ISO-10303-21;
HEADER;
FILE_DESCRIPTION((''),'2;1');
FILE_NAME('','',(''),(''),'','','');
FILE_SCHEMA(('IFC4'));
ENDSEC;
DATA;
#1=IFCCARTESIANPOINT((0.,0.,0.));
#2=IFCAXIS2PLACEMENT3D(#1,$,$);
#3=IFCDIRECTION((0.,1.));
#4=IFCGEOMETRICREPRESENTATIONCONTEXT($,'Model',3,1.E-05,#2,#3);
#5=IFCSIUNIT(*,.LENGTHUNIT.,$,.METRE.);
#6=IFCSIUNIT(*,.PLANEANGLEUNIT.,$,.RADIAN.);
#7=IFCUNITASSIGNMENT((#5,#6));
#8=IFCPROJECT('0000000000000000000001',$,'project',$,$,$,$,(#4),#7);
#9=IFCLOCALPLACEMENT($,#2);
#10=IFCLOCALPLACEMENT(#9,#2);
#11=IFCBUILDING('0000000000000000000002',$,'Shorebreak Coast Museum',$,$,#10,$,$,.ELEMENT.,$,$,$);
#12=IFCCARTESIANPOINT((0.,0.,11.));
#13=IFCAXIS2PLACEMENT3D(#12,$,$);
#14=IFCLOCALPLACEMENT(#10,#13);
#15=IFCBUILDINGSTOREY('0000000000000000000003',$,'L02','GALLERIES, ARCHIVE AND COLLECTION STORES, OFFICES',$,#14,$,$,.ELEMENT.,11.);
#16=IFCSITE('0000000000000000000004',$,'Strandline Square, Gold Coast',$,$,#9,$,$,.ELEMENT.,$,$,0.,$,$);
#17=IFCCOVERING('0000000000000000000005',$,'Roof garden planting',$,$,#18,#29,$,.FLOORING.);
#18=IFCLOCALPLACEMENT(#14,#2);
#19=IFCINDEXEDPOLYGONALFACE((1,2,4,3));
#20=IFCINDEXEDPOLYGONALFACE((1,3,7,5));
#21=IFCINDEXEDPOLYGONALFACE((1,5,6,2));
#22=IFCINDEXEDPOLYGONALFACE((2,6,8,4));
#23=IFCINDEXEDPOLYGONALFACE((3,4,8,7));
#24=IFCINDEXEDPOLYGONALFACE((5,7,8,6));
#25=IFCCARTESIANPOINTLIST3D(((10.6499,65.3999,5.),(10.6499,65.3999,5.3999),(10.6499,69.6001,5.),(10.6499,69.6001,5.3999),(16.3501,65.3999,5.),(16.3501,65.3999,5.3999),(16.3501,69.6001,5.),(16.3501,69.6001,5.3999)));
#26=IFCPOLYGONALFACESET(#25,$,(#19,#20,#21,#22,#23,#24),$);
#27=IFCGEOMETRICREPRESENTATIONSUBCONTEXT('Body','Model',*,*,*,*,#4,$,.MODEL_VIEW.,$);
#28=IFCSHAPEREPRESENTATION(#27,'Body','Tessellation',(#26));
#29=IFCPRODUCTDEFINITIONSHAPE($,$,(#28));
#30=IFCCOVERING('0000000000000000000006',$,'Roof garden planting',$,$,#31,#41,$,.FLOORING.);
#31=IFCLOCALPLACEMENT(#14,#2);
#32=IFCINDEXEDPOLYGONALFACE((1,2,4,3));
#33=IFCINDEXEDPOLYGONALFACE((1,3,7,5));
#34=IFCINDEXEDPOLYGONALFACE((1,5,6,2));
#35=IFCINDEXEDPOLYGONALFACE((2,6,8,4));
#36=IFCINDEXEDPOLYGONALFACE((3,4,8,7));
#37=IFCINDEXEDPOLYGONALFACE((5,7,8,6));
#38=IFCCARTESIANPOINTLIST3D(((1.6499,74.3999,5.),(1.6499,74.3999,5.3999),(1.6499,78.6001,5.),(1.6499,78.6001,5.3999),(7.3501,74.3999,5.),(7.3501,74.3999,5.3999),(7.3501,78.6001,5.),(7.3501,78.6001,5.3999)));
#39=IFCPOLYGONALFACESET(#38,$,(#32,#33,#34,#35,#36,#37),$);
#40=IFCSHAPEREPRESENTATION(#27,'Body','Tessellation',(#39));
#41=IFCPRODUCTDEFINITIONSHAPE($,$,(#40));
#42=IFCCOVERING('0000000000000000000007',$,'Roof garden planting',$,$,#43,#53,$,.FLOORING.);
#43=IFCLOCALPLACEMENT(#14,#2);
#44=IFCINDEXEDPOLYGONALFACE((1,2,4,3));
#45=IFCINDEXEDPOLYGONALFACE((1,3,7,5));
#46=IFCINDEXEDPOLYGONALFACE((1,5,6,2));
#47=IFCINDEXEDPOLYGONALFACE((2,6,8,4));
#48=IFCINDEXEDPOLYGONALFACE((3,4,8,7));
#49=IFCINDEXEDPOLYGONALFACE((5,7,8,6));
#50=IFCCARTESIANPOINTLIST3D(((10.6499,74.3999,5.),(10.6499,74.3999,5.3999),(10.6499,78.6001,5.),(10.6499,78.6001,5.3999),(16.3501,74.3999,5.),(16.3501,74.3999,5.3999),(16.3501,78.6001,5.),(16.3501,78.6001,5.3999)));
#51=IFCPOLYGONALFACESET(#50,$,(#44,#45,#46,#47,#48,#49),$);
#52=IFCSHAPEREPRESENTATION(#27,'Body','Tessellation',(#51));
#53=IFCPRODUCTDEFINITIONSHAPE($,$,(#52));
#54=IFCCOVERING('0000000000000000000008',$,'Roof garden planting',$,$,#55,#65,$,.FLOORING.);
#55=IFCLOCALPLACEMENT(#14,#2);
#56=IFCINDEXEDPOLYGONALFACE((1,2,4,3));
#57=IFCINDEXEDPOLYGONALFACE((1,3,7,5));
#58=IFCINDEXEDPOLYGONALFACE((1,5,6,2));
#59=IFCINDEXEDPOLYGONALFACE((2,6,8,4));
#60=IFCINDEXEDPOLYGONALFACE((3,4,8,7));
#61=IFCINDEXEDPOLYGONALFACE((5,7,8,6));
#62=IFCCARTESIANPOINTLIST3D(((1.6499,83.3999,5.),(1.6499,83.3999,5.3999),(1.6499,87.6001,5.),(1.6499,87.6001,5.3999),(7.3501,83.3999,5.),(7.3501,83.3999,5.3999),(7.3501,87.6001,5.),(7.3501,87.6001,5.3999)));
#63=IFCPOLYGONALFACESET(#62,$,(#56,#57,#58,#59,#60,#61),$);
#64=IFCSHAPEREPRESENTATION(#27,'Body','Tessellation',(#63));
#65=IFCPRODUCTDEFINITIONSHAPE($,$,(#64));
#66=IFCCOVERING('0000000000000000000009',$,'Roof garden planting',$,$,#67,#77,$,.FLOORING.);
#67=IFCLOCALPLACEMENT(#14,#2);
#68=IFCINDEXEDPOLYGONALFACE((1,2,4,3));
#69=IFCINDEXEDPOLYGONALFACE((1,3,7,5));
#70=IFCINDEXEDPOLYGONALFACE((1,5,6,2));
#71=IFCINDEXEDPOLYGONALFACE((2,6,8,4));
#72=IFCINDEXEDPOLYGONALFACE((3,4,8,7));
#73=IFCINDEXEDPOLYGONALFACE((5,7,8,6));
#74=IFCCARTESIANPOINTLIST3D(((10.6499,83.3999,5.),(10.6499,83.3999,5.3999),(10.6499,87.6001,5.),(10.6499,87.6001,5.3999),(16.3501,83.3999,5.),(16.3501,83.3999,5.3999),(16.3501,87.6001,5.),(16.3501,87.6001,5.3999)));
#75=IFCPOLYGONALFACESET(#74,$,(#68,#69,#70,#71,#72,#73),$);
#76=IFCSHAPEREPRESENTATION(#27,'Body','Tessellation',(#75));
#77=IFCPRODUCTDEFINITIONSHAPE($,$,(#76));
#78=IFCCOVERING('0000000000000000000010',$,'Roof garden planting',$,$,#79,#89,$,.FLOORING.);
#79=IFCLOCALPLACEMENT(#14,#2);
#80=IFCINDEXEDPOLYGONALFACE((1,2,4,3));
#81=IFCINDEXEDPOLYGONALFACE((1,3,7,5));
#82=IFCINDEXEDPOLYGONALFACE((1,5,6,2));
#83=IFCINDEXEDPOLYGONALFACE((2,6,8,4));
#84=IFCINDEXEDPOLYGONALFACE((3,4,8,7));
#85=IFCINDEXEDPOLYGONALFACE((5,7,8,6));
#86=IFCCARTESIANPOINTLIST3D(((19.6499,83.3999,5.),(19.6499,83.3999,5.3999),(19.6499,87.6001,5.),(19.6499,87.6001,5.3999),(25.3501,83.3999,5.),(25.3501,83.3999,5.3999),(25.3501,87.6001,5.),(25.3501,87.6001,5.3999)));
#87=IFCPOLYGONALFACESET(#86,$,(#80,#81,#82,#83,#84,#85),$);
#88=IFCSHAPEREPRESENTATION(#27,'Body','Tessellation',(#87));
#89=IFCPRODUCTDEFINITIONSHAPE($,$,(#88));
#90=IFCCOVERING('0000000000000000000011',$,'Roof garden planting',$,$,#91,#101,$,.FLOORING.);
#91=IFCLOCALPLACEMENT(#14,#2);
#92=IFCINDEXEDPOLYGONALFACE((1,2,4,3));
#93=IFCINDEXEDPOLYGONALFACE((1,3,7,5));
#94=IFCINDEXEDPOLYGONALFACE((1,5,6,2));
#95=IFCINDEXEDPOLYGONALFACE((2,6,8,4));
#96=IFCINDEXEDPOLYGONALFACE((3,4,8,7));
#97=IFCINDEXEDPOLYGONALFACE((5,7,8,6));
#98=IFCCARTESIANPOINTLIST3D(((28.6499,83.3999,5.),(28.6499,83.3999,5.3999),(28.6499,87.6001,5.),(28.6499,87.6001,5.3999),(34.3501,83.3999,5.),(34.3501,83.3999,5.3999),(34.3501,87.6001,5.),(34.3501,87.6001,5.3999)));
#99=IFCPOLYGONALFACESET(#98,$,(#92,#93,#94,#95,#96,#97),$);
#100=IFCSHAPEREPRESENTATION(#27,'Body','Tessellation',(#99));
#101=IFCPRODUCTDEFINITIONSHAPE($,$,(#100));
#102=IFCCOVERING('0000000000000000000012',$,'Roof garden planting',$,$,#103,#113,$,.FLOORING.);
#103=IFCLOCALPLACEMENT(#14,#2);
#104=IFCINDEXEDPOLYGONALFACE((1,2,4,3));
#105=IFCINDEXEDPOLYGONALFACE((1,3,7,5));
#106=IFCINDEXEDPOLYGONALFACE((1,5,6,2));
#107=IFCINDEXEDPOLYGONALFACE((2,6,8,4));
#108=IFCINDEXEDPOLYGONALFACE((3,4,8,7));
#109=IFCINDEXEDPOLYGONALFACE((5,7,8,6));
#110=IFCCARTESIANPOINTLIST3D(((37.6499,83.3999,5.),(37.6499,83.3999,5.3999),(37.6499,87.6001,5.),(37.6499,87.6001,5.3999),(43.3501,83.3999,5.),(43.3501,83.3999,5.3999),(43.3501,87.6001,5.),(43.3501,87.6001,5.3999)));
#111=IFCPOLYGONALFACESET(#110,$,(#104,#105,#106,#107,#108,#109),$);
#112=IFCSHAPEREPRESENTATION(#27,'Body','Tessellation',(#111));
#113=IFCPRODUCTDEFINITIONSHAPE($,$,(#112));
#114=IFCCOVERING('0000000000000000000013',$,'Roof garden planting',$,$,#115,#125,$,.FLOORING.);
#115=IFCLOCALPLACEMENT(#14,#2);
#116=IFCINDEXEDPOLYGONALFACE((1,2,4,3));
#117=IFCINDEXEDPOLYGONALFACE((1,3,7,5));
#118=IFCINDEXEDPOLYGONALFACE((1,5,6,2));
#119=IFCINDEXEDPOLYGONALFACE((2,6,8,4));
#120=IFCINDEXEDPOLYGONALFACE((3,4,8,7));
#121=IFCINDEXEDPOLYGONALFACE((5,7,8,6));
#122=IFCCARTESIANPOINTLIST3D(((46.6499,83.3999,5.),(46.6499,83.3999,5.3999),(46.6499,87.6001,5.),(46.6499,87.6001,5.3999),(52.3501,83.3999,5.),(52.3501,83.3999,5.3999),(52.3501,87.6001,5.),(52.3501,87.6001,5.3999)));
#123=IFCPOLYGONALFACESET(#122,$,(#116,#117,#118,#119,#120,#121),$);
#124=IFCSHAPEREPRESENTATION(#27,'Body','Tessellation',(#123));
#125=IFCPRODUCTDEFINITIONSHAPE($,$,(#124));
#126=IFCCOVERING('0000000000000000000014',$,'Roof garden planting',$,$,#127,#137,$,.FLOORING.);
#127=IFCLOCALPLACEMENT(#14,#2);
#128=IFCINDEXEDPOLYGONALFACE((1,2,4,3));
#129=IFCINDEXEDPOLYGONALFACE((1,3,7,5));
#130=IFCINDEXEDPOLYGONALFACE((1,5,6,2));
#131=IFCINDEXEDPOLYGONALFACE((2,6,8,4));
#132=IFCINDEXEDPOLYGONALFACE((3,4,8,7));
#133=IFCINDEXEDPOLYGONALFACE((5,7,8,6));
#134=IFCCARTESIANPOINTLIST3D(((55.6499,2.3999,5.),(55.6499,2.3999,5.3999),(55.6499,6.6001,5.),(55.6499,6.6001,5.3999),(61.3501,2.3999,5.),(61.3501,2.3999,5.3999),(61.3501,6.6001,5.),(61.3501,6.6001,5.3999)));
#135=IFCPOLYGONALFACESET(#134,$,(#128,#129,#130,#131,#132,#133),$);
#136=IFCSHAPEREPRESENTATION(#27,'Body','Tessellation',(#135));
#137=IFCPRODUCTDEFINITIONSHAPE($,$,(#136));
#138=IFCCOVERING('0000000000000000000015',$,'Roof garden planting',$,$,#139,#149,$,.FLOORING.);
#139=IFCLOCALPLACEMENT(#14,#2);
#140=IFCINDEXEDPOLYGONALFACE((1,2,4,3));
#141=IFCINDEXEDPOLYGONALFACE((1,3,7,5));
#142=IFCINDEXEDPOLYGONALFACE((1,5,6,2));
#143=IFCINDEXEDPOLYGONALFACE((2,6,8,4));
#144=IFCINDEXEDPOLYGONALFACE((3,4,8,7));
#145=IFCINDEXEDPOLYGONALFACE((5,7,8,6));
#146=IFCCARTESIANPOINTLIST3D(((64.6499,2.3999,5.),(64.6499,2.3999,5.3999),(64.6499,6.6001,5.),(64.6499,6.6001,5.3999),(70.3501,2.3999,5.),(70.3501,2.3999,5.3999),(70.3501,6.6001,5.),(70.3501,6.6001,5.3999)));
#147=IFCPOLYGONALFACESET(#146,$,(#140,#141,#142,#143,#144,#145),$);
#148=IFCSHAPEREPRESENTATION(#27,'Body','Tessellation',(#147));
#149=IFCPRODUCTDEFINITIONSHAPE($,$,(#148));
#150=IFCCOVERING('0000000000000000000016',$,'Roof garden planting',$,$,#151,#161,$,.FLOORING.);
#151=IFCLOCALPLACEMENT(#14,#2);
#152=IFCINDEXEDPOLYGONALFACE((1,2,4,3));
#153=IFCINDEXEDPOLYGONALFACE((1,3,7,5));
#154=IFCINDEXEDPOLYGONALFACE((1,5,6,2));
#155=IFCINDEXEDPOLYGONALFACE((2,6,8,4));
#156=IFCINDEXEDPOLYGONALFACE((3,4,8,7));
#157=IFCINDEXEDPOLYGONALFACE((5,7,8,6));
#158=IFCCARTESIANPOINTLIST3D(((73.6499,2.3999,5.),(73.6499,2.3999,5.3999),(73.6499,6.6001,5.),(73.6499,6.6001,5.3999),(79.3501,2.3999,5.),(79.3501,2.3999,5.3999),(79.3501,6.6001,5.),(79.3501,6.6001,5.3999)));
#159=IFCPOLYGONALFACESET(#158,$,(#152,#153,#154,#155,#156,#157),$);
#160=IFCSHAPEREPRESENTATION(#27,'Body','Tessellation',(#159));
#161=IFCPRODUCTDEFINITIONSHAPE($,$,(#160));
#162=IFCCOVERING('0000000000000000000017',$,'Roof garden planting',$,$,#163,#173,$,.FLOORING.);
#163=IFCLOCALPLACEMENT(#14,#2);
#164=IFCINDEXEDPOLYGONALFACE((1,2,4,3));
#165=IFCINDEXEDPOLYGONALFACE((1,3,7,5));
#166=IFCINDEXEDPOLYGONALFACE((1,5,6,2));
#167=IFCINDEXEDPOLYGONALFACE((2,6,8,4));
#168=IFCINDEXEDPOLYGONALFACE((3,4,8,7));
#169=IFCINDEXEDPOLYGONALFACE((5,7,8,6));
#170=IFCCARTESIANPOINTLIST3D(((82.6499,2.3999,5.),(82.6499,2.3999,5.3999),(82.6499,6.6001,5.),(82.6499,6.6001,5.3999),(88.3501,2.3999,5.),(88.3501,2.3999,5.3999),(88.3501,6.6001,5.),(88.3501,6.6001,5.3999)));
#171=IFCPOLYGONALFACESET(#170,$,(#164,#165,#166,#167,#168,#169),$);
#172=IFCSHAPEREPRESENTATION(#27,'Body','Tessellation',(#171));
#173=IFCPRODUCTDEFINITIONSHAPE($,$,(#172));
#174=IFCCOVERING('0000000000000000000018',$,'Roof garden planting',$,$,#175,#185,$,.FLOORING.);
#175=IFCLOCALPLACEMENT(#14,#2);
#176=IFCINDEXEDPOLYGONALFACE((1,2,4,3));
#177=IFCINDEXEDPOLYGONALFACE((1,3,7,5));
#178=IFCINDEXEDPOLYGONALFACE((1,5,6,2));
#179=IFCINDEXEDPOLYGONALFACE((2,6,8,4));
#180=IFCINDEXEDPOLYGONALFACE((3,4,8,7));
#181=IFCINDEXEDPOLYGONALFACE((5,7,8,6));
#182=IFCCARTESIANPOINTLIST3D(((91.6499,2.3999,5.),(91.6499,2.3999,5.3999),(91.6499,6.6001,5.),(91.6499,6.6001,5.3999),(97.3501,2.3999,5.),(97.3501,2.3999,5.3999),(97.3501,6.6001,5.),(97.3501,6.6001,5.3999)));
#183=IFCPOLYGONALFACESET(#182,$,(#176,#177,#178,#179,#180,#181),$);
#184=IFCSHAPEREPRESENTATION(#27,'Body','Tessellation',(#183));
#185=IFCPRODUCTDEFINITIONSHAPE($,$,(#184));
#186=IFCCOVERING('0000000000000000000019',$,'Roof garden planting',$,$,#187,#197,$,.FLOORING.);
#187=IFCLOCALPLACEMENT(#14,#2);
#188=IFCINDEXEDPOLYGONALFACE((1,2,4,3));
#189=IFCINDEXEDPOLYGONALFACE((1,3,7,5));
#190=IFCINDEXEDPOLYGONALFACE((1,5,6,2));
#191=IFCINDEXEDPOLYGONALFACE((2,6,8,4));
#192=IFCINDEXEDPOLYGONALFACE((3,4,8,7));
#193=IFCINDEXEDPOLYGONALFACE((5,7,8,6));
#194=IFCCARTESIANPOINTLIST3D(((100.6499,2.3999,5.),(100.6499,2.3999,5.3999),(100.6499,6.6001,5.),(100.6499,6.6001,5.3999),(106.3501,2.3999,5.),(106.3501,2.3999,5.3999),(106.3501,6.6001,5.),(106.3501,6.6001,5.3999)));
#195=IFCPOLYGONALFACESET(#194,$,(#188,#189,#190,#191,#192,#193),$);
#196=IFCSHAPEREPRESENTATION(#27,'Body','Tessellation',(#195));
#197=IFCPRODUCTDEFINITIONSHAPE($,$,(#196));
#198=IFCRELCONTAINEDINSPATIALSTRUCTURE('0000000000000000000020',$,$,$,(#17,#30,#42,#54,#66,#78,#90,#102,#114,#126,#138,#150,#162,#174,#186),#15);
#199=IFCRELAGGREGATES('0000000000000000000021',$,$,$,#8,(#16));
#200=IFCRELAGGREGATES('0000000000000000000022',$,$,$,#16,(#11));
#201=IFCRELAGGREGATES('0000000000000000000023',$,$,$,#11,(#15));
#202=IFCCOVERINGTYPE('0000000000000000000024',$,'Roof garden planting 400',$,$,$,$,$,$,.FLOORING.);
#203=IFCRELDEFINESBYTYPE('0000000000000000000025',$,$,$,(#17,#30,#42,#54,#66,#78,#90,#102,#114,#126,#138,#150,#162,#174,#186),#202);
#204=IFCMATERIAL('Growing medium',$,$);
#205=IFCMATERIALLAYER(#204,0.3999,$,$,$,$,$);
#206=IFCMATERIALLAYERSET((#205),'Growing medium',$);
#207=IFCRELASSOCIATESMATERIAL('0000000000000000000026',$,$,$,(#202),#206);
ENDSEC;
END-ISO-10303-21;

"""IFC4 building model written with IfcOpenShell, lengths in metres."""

from ifc_helpers import new_model, si_unit, direction, frame, origin, place, context, subcontext, project, spatial, polyline, outline, extrude, material, layer, layer_set, type_object, element, save


model = new_model("IFC4")

# Units and contexts
model_context = context("Model", 3, precision=1e-05, world=origin(), true_north=direction((0.0, 1.0)))
body_context = subcontext(model_context, "Body", "Model", "MODEL_VIEW")
ifc_project = project(units=[si_unit("LENGTHUNIT", "METRE"), si_unit("PLANEANGLEUNIT", "RADIAN")], contexts=[model_context])

# Site, building, storey
site_placement = place(None, origin())
site = spatial("IfcSite", under=ifc_project, at=site_placement, Name="Strandline Square, Gold Coast", CompositionType="ELEMENT", RefElevation=0.0)
building_placement = place(site_placement, origin())
building = spatial("IfcBuilding", under=site, at=building_placement, Name="Shorebreak Coast Museum", CompositionType="ELEMENT")
storey_placement = place(building_placement, frame((0.0, 0.0, 11.0)))
storey = spatial("IfcBuildingStorey", under=building, at=storey_placement, Name="L02", Description="GALLERIES, ARCHIVE AND COLLECTION STORES, OFFICES", CompositionType="ELEMENT", Elevation=11.0)

# Coverings
ifc_material_1 = material(Name="Growing medium")
ifc_layer_1 = layer(ifc_material_1, 0.3999)
ifc_layer_set_1 = layer_set([ifc_layer_1], Name="Growing medium")
covering_type_1 = type_object("IfcCoveringType", Name="Roof garden planting 400", PredefinedType="FLOORING", material=ifc_layer_set_1)
covering_1_placement = place(storey_placement, frame((0.0, 0.0, 5.0)))
element("IfcCovering", 1, at=covering_1_placement, inside=storey, type_object=covering_type_1, Name="Roof garden planting", PredefinedType="FLOORING", context=body_context, shape_type="SweptSolid", body=[
    extrude(outline(polyline([(16.3501, 65.3999), (16.3501, 69.6001), (10.6499, 69.6001), (10.6499, 65.3999), (16.3501, 65.3999)])), origin(), (0.0, 0.0, 1.0), 0.3999),
])
covering_2_placement = place(storey_placement, frame((0.0, 0.0, 5.0)))
element("IfcCovering", 2, at=covering_2_placement, inside=storey, type_object=covering_type_1, Name="Roof garden planting", PredefinedType="FLOORING", context=body_context, shape_type="SweptSolid", body=[
    extrude(outline(polyline([(7.3501, 74.3999), (7.3501, 78.6001), (1.6499, 78.6001), (1.6499, 74.3999), (7.3501, 74.3999)])), origin(), (0.0, 0.0, 1.0), 0.3999),
])
covering_3_placement = place(storey_placement, frame((0.0, 0.0, 5.0)))
element("IfcCovering", 3, at=covering_3_placement, inside=storey, type_object=covering_type_1, Name="Roof garden planting", PredefinedType="FLOORING", context=body_context, shape_type="SweptSolid", body=[
    extrude(outline(polyline([(16.3501, 74.3999), (16.3501, 78.6001), (10.6499, 78.6001), (10.6499, 74.3999), (16.3501, 74.3999)])), origin(), (0.0, 0.0, 1.0), 0.3999),
])
covering_4_placement = place(storey_placement, frame((0.0, 0.0, 5.0)))
element("IfcCovering", 4, at=covering_4_placement, inside=storey, type_object=covering_type_1, Name="Roof garden planting", PredefinedType="FLOORING", context=body_context, shape_type="SweptSolid", body=[
    extrude(outline(polyline([(7.3501, 83.3999), (7.3501, 87.6001), (1.6499, 87.6001), (1.6499, 83.3999), (7.3501, 83.3999)])), origin(), (0.0, 0.0, 1.0), 0.3999),
])
covering_5_placement = place(storey_placement, frame((0.0, 0.0, 5.0)))
element("IfcCovering", 5, at=covering_5_placement, inside=storey, type_object=covering_type_1, Name="Roof garden planting", PredefinedType="FLOORING", context=body_context, shape_type="SweptSolid", body=[
    extrude(outline(polyline([(16.3501, 83.3999), (16.3501, 87.6001), (10.6499, 87.6001), (10.6499, 83.3999), (16.3501, 83.3999)])), origin(), (0.0, 0.0, 1.0), 0.3999),
])
covering_6_placement = place(storey_placement, frame((0.0, 0.0, 5.0)))
element("IfcCovering", 6, at=covering_6_placement, inside=storey, type_object=covering_type_1, Name="Roof garden planting", PredefinedType="FLOORING", context=body_context, shape_type="SweptSolid", body=[
    extrude(outline(polyline([(25.3501, 83.3999), (25.3501, 87.6001), (19.6499, 87.6001), (19.6499, 83.3999), (25.3501, 83.3999)])), origin(), (0.0, 0.0, 1.0), 0.3999),
])
covering_7_placement = place(storey_placement, frame((0.0, 0.0, 5.0)))
element("IfcCovering", 7, at=covering_7_placement, inside=storey, type_object=covering_type_1, Name="Roof garden planting", PredefinedType="FLOORING", context=body_context, shape_type="SweptSolid", body=[
    extrude(outline(polyline([(34.3501, 83.3999), (34.3501, 87.6001), (28.6499, 87.6001), (28.6499, 83.3999), (34.3501, 83.3999)])), origin(), (0.0, 0.0, 1.0), 0.3999),
])
covering_8_placement = place(storey_placement, frame((0.0, 0.0, 5.0)))
element("IfcCovering", 8, at=covering_8_placement, inside=storey, type_object=covering_type_1, Name="Roof garden planting", PredefinedType="FLOORING", context=body_context, shape_type="SweptSolid", body=[
    extrude(outline(polyline([(43.3501, 83.3999), (43.3501, 87.6001), (37.6499, 87.6001), (37.6499, 83.3999), (43.3501, 83.3999)])), origin(), (0.0, 0.0, 1.0), 0.3999),
])
covering_9_placement = place(storey_placement, frame((0.0, 0.0, 5.0)))
element("IfcCovering", 9, at=covering_9_placement, inside=storey, type_object=covering_type_1, Name="Roof garden planting", PredefinedType="FLOORING", context=body_context, shape_type="SweptSolid", body=[
    extrude(outline(polyline([(52.3501, 83.3999), (52.3501, 87.6001), (46.6499, 87.6001), (46.6499, 83.3999), (52.3501, 83.3999)])), origin(), (0.0, 0.0, 1.0), 0.3999),
])
covering_10_placement = place(storey_placement, frame((0.0, 0.0, 5.0)))
element("IfcCovering", 10, at=covering_10_placement, inside=storey, type_object=covering_type_1, Name="Roof garden planting", PredefinedType="FLOORING", context=body_context, shape_type="SweptSolid", body=[
    extrude(outline(polyline([(61.3501, 2.3999), (61.3501, 6.6001), (55.6499, 6.6001), (55.6499, 2.3999), (61.3501, 2.3999)])), origin(), (0.0, 0.0, 1.0), 0.3999),
])
covering_11_placement = place(storey_placement, frame((0.0, 0.0, 5.0)))
element("IfcCovering", 11, at=covering_11_placement, inside=storey, type_object=covering_type_1, Name="Roof garden planting", PredefinedType="FLOORING", context=body_context, shape_type="SweptSolid", body=[
    extrude(outline(polyline([(70.3501, 2.3999), (70.3501, 6.6001), (64.6499, 6.6001), (64.6499, 2.3999), (70.3501, 2.3999)])), origin(), (0.0, 0.0, 1.0), 0.3999),
])
covering_12_placement = place(storey_placement, frame((0.0, 0.0, 5.0)))
element("IfcCovering", 12, at=covering_12_placement, inside=storey, type_object=covering_type_1, Name="Roof garden planting", PredefinedType="FLOORING", context=body_context, shape_type="SweptSolid", body=[
    extrude(outline(polyline([(79.3501, 2.3999), (79.3501, 6.6001), (73.6499, 6.6001), (73.6499, 2.3999), (79.3501, 2.3999)])), origin(), (0.0, 0.0, 1.0), 0.3999),
])
covering_13_placement = place(storey_placement, frame((0.0, 0.0, 5.0)))
element("IfcCovering", 13, at=covering_13_placement, inside=storey, type_object=covering_type_1, Name="Roof garden planting", PredefinedType="FLOORING", context=body_context, shape_type="SweptSolid", body=[
    extrude(outline(polyline([(88.3501, 2.3999), (88.3501, 6.6001), (82.6499, 6.6001), (82.6499, 2.3999), (88.3501, 2.3999)])), origin(), (0.0, 0.0, 1.0), 0.3999),
])
covering_14_placement = place(storey_placement, frame((0.0, 0.0, 5.0)))
element("IfcCovering", 14, at=covering_14_placement, inside=storey, type_object=covering_type_1, Name="Roof garden planting", PredefinedType="FLOORING", context=body_context, shape_type="SweptSolid", body=[
    extrude(outline(polyline([(97.3501, 2.3999), (97.3501, 6.6001), (91.6499, 6.6001), (91.6499, 2.3999), (97.3501, 2.3999)])), origin(), (0.0, 0.0, 1.0), 0.3999),
])
covering_15_placement = place(storey_placement, frame((0.0, 0.0, 5.0)))
element("IfcCovering", 15, at=covering_15_placement, inside=storey, type_object=covering_type_1, Name="Roof garden planting", PredefinedType="FLOORING", context=body_context, shape_type="SweptSolid", body=[
    extrude(outline(polyline([(106.3501, 2.3999), (106.3501, 6.6001), (100.6499, 6.6001), (100.6499, 2.3999), (106.3501, 2.3999)])), origin(), (0.0, 0.0, 1.0), 0.3999),
])

save(model, "model.ifc")
